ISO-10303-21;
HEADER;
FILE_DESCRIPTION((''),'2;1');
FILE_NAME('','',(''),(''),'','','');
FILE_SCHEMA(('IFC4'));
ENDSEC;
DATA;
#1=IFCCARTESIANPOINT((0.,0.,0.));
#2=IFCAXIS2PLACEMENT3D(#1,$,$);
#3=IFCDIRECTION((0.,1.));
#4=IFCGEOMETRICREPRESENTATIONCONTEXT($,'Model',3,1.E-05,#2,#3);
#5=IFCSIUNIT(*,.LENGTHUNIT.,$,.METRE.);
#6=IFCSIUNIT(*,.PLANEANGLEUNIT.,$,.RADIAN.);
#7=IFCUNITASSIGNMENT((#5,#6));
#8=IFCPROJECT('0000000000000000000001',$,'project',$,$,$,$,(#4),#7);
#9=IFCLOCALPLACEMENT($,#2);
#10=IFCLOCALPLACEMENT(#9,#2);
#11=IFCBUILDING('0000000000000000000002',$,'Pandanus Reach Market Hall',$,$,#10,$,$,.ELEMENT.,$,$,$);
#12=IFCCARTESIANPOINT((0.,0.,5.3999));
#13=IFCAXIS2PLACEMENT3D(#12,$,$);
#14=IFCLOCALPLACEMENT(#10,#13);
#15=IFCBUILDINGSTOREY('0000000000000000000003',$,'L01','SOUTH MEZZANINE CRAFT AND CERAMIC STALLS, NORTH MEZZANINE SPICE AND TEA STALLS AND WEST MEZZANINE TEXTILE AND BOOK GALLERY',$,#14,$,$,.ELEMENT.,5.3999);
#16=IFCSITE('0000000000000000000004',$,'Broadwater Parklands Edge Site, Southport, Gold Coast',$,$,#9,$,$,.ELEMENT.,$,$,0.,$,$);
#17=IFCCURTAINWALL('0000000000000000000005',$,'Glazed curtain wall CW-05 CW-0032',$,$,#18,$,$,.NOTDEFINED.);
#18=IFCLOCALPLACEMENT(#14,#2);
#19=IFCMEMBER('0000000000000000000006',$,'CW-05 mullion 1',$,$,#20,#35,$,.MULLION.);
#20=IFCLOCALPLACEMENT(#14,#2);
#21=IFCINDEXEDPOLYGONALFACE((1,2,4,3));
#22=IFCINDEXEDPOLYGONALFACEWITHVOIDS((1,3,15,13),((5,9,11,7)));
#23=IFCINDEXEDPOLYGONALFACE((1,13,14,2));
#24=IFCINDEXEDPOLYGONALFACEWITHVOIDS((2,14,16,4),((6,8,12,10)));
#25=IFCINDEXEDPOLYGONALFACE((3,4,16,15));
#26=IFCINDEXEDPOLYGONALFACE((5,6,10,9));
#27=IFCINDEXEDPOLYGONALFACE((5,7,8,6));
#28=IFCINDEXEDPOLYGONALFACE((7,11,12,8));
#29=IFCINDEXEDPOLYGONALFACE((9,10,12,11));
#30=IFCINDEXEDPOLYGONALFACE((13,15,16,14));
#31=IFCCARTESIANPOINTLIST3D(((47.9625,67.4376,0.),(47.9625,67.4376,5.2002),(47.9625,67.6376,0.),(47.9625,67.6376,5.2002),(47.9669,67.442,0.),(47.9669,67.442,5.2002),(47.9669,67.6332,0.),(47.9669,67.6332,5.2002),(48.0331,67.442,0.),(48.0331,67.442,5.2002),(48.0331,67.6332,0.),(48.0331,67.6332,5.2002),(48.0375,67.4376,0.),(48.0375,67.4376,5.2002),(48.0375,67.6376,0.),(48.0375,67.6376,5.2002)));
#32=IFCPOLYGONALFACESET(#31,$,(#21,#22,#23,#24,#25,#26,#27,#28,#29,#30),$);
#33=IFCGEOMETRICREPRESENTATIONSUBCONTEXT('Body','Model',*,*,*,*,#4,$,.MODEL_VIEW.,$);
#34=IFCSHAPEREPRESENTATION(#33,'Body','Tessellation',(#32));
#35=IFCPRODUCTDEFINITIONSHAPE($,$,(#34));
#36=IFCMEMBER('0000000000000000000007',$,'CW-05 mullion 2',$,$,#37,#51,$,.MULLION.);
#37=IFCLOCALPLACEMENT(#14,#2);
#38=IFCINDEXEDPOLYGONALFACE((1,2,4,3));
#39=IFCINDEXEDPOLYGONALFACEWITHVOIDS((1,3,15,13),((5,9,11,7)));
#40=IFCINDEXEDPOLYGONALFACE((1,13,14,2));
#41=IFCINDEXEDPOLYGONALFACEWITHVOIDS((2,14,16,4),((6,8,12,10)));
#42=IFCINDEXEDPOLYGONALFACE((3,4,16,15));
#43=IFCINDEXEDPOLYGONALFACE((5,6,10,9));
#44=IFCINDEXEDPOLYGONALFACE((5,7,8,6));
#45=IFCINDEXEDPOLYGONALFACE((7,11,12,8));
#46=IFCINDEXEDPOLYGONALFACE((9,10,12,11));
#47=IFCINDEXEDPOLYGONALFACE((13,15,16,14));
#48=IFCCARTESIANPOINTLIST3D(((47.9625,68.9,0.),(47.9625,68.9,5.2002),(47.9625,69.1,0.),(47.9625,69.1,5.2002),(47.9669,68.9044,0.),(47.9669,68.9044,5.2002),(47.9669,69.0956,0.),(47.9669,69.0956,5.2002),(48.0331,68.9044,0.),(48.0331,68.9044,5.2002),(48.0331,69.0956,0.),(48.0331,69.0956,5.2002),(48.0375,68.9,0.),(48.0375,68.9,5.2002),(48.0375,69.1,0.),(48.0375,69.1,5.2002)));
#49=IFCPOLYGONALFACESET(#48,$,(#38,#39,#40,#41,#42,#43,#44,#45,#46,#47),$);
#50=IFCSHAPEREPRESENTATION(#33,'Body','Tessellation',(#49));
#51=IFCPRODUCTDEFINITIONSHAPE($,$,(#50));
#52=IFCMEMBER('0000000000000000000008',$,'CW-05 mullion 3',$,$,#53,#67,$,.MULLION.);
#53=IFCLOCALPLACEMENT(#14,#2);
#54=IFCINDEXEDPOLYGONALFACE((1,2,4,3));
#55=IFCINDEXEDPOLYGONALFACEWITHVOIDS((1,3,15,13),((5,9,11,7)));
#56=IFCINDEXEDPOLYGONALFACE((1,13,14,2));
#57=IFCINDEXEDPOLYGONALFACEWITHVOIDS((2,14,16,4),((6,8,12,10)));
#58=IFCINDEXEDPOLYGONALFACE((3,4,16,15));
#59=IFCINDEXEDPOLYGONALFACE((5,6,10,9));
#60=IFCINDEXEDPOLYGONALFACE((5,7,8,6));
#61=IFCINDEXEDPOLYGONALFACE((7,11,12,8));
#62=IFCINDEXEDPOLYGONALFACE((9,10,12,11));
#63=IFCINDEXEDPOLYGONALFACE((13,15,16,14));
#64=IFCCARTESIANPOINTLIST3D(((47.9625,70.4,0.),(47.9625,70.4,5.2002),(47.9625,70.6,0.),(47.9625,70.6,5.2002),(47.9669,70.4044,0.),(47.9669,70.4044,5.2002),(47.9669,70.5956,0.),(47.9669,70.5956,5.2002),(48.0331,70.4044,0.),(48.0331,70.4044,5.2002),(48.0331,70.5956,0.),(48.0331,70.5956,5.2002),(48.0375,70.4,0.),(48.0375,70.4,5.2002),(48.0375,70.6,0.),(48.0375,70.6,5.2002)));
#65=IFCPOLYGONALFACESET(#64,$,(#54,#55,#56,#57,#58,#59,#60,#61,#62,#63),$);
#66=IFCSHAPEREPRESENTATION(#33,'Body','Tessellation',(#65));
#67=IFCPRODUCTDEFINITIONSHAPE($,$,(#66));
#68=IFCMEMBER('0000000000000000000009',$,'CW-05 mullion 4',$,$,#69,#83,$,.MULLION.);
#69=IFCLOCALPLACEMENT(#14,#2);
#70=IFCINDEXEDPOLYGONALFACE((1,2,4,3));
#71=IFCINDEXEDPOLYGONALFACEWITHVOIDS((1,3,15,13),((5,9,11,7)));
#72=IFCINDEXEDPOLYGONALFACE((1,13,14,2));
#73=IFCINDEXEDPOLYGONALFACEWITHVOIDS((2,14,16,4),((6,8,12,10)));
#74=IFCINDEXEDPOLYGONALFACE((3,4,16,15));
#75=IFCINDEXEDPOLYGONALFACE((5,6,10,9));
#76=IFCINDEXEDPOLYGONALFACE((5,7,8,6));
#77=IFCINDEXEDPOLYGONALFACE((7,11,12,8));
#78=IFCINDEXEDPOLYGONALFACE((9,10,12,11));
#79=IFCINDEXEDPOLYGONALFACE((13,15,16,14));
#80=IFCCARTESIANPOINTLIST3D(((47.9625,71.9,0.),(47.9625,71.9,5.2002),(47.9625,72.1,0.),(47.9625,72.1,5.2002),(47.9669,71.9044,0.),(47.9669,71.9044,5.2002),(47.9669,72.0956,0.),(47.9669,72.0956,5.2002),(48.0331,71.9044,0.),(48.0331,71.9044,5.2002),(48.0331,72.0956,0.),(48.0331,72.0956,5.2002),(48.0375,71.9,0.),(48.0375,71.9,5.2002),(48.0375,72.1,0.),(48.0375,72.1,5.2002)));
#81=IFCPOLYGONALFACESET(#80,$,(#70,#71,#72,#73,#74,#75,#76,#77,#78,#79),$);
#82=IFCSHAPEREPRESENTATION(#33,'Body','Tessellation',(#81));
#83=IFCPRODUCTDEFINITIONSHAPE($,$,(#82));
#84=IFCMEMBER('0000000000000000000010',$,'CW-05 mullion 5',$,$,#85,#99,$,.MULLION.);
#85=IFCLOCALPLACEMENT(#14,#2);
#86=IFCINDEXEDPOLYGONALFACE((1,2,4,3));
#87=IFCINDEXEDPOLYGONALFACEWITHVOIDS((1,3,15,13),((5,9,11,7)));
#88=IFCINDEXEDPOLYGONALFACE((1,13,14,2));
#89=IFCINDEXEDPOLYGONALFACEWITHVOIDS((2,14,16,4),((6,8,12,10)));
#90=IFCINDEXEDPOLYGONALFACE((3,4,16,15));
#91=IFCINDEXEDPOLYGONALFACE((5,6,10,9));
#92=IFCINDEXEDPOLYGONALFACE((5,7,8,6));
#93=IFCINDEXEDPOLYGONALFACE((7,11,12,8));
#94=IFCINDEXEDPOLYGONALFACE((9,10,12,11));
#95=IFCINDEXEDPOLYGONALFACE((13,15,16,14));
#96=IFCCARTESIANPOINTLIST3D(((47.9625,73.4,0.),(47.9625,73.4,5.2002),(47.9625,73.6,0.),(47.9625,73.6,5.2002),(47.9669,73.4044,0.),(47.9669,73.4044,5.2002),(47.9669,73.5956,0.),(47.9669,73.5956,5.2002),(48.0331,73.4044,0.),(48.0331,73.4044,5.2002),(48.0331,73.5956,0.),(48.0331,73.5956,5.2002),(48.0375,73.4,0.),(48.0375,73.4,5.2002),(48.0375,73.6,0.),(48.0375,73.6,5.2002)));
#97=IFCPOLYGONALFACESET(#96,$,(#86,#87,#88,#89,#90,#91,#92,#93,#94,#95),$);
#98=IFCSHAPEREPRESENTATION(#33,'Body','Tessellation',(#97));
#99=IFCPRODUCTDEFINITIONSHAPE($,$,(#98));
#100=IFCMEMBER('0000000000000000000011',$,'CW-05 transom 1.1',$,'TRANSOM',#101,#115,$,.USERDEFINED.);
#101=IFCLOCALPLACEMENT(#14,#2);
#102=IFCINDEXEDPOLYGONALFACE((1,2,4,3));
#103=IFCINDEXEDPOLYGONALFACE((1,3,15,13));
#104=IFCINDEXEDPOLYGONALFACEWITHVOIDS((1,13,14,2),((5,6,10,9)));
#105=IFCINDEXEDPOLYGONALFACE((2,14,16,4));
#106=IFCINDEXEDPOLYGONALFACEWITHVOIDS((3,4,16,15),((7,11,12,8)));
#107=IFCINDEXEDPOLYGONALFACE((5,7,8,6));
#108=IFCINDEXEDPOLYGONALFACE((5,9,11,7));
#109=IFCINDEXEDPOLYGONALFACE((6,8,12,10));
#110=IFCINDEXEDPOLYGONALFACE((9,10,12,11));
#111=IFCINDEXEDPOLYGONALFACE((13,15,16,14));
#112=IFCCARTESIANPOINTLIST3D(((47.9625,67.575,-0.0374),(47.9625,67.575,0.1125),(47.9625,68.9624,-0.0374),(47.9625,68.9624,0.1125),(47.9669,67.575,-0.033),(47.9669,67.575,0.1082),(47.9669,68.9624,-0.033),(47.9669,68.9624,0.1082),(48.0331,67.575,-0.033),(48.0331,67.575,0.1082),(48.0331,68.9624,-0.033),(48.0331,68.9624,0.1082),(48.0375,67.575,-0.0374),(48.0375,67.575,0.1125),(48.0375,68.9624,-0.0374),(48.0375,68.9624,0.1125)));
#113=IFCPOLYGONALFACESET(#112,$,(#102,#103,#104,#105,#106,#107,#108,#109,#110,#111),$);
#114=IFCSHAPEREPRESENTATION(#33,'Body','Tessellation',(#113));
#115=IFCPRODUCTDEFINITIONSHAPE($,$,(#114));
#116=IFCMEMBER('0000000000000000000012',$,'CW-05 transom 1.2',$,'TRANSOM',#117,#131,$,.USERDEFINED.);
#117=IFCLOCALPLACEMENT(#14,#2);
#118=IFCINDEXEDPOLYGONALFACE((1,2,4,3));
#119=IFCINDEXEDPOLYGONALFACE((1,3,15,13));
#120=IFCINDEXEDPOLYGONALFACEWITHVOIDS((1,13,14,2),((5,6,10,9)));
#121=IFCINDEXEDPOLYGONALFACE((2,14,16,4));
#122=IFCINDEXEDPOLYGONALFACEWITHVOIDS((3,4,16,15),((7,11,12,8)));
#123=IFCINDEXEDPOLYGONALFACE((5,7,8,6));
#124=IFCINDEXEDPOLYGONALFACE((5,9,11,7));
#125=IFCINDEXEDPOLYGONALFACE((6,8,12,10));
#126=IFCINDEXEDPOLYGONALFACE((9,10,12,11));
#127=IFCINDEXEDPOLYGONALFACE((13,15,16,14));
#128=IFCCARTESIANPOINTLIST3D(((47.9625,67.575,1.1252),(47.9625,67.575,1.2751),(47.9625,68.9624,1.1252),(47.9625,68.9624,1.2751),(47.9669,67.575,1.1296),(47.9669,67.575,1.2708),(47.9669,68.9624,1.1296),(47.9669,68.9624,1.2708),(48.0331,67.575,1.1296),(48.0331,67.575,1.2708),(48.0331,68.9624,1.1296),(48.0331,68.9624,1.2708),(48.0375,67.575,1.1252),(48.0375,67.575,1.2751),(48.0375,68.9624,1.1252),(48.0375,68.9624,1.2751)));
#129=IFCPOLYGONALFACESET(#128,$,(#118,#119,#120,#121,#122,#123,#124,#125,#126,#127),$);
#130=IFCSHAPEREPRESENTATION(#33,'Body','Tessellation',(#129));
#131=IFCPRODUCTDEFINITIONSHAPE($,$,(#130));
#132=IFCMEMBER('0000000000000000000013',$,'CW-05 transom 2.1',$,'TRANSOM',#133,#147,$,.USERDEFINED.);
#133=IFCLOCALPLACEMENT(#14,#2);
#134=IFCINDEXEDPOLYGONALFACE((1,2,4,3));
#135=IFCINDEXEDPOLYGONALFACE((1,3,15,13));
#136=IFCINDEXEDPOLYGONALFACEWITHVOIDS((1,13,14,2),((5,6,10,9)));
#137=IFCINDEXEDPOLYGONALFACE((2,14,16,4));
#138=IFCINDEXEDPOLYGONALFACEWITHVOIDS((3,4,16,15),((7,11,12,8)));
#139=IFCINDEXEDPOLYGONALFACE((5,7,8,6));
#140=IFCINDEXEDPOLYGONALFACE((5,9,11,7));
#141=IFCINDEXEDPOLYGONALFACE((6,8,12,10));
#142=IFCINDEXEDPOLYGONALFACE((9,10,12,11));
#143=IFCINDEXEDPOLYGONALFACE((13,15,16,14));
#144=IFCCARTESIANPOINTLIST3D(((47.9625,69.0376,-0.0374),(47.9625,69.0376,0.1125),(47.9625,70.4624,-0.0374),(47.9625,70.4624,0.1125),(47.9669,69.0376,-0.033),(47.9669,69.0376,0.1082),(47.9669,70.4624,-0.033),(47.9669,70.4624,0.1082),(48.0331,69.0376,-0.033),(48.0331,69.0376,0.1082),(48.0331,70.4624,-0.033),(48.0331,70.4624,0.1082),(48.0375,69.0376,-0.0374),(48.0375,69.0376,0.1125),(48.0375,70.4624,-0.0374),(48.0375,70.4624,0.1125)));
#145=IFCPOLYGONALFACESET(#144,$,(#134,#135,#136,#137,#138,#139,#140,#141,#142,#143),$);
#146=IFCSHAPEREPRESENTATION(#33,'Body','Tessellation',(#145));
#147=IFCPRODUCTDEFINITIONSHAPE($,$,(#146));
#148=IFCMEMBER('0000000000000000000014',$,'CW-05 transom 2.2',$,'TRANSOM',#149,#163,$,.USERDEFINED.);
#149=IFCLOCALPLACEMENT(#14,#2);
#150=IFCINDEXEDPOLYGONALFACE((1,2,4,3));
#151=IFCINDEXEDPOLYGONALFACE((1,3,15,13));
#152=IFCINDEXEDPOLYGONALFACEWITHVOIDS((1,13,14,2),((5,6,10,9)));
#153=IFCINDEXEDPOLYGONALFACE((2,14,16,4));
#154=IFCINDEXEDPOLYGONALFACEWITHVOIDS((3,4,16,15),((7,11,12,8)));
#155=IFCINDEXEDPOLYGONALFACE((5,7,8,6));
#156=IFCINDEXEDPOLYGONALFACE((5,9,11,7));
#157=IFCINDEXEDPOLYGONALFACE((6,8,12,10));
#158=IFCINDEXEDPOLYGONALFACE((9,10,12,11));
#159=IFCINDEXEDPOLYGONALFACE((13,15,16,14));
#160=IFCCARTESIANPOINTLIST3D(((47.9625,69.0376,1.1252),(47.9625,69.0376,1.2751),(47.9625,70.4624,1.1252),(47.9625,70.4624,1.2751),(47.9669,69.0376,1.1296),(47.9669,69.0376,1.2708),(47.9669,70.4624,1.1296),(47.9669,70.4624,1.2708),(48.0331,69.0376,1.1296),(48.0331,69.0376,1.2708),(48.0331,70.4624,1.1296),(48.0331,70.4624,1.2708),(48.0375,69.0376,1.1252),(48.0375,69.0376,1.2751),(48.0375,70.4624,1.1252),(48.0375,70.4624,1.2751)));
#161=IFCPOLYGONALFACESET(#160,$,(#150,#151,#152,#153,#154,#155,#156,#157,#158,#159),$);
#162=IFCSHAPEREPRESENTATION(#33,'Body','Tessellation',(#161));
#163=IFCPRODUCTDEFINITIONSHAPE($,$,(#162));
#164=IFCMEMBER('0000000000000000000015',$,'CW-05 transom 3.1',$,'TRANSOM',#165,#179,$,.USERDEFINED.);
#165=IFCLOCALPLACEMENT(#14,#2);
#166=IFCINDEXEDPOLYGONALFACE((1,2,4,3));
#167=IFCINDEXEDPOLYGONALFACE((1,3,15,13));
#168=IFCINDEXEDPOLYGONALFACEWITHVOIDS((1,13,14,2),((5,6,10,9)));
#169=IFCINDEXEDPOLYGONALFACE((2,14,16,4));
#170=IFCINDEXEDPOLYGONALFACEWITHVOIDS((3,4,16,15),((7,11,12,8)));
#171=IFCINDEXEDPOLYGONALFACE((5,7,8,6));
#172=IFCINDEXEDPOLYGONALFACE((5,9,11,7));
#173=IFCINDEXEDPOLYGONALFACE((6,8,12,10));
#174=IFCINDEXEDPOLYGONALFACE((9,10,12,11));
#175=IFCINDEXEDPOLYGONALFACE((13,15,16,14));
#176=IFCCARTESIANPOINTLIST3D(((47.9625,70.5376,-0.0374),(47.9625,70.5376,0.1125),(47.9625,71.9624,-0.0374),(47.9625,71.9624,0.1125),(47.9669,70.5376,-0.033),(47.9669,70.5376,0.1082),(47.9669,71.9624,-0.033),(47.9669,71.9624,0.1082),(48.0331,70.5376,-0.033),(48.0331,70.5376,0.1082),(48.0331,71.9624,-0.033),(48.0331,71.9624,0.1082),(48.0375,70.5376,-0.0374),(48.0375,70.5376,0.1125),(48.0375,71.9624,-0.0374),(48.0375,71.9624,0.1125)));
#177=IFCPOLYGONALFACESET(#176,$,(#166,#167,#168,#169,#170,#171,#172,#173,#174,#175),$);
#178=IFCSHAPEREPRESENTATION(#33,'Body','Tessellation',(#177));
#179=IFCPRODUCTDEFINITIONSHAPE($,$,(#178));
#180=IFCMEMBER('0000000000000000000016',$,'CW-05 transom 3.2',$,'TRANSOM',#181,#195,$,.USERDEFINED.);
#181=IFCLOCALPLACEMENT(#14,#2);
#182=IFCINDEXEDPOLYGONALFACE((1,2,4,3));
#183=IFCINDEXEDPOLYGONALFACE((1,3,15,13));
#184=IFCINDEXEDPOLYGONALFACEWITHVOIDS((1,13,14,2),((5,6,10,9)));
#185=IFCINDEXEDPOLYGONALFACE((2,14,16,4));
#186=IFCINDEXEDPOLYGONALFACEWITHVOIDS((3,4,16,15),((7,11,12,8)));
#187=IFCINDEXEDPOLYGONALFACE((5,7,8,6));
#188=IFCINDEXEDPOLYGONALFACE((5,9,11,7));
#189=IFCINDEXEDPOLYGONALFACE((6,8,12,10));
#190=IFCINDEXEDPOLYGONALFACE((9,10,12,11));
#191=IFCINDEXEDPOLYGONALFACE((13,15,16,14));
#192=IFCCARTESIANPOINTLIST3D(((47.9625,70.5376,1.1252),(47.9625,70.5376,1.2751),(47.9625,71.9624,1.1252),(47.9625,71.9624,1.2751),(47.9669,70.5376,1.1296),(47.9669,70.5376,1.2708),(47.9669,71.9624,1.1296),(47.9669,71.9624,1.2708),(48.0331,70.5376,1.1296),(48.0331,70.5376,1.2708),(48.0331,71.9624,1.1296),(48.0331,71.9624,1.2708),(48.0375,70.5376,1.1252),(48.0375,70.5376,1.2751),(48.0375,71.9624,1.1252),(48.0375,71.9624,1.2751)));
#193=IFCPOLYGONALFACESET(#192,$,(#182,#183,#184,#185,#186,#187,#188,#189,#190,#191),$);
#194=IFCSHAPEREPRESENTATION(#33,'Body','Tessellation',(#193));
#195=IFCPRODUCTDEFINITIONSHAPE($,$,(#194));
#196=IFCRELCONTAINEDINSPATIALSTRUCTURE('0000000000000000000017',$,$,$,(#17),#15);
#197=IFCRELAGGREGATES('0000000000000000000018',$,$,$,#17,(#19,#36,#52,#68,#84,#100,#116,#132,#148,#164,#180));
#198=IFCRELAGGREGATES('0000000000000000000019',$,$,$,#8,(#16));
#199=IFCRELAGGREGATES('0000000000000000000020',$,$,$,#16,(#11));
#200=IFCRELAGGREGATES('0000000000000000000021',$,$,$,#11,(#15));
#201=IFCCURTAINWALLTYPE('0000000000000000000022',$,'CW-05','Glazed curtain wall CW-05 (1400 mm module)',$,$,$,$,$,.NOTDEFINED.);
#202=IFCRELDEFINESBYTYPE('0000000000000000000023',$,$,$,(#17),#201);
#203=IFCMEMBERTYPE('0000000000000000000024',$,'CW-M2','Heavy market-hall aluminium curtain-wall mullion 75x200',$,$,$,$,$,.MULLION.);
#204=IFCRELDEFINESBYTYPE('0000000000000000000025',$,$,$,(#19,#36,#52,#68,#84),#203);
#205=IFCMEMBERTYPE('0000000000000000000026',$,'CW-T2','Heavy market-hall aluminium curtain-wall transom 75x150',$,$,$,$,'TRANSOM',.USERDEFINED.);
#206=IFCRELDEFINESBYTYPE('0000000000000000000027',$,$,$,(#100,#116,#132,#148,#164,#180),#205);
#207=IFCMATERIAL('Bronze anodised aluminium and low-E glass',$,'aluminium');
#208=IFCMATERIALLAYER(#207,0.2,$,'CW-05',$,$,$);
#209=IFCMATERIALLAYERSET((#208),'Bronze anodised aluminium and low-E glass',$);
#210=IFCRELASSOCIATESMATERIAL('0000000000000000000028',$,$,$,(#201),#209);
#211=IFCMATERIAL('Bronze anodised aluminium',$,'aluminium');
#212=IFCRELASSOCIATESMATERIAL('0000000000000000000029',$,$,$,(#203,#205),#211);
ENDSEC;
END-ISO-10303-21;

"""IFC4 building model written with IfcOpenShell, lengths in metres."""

from ifc_helpers import new_model, si_unit, direction, frame, origin, origin_2d, place, context, subcontext, project, spatial, hollow_rectangle, extrude, material, layer, layer_set, material_profile, profile_set, type_object, element, aggregate, save


model = new_model("IFC4")

# Units and contexts
model_context = context("Model", 3, precision=1e-05, world=origin(), true_north=direction((0.0, 1.0)))
body_context = subcontext(model_context, "Body", "Model", "MODEL_VIEW")
ifc_project = project(units=[si_unit("LENGTHUNIT", "METRE"), si_unit("PLANEANGLEUNIT", "RADIAN")], contexts=[model_context])

# Site, building, storey
site_placement = place(None, origin())
site = spatial("IfcSite", under=ifc_project, at=site_placement, Name="Broadwater Parklands Edge Site, Southport, Gold Coast", CompositionType="ELEMENT", RefElevation=0.0)
building_placement = place(site_placement, origin())
building = spatial("IfcBuilding", under=site, at=building_placement, Name="Pandanus Reach Market Hall", CompositionType="ELEMENT")
storey_placement = place(building_placement, frame((0.0, 0.0, 5.3999)))
storey = spatial("IfcBuildingStorey", under=building, at=storey_placement, Name="L01", Description="SOUTH MEZZANINE CRAFT AND CERAMIC STALLS, NORTH MEZZANINE SPICE AND TEA STALLS AND WEST MEZZANINE TEXTILE AND BOOK GALLERY", CompositionType="ELEMENT", Elevation=5.3999)

# Curtain wall, members
ifc_material_1 = material(Name="Bronze anodised aluminium and low-E glass", Category="aluminium")
ifc_layer_1 = layer(ifc_material_1, 0.2, Name="CW-05")
ifc_layer_set_1 = layer_set([ifc_layer_1], Name="Bronze anodised aluminium and low-E glass")
curtain_wall_type = type_object("IfcCurtainWallType", Name="CW-05", Description="Glazed curtain wall CW-05 (1400 mm module)", PredefinedType="NOTDEFINED", material=ifc_layer_set_1)
curtain_wall_placement = place(storey_placement, origin())
curtain_wall = element("IfcCurtainWall", 1, at=curtain_wall_placement, inside=storey, type_object=curtain_wall_type, Name="Glazed curtain wall CW-05 CW-0032", PredefinedType="NOTDEFINED")
ifc_material_2 = material(Name="Bronze anodised aluminium", Category="aluminium")
ifc_material_profile_1 = material_profile(ifc_material_2, hollow_rectangle(XDim=0.075, YDim=0.2, WallThickness=0.0044, at=origin_2d()), Name="ALU75x200", Category="LoadBearing")
ifc_profile_set_1 = profile_set([ifc_material_profile_1], Name="Bronze anodised aluminium")
member_type_1 = type_object("IfcMemberType", Name="CW-M2", Description="Heavy market-hall aluminium curtain-wall mullion 75x200", PredefinedType="MULLION", material=ifc_profile_set_1)
member_1_placement = place(storey_placement, frame((48.0, 67.5376, 0.0), z_axis=(0.0, 0.0, 1.0), x_axis=(-1.0, 0.0, 0.0)))
member_1 = element("IfcMember", 2, at=member_1_placement, type_object=member_type_1, Name="CW-05 mullion 1", PredefinedType="MULLION", context=body_context, shape_type="SweptSolid", body=[
    extrude(hollow_rectangle(XDim=0.075, YDim=0.2, WallThickness=0.0044, at=origin_2d()), origin(), (0.0, 0.0, 1.0), 5.2002),
])
member_2_placement = place(storey_placement, frame((48.0, 69.0, 0.0), z_axis=(0.0, 0.0, 1.0), x_axis=(-1.0, 0.0, 0.0)))
member_2 = element("IfcMember", 3, at=member_2_placement, type_object=member_type_1, Name="CW-05 mullion 2", PredefinedType="MULLION", context=body_context, shape_type="SweptSolid", body=[
    extrude(hollow_rectangle(XDim=0.075, YDim=0.2, WallThickness=0.0044, at=origin_2d()), origin(), (0.0, 0.0, 1.0), 5.2002),
])
member_3_placement = place(storey_placement, frame((48.0, 70.5, 0.0), z_axis=(0.0, 0.0, 1.0), x_axis=(-1.0, 0.0, 0.0)))
member_3 = element("IfcMember", 4, at=member_3_placement, type_object=member_type_1, Name="CW-05 mullion 3", PredefinedType="MULLION", context=body_context, shape_type="SweptSolid", body=[
    extrude(hollow_rectangle(XDim=0.075, YDim=0.2, WallThickness=0.0044, at=origin_2d()), origin(), (0.0, 0.0, 1.0), 5.2002),
])
member_4_placement = place(storey_placement, frame((48.0, 72.0, 0.0), z_axis=(0.0, 0.0, 1.0), x_axis=(-1.0, 0.0, 0.0)))
member_4 = element("IfcMember", 5, at=member_4_placement, type_object=member_type_1, Name="CW-05 mullion 4", PredefinedType="MULLION", context=body_context, shape_type="SweptSolid", body=[
    extrude(hollow_rectangle(XDim=0.075, YDim=0.2, WallThickness=0.0044, at=origin_2d()), origin(), (0.0, 0.0, 1.0), 5.2002),
])
member_5_placement = place(storey_placement, frame((48.0, 73.5, 0.0), z_axis=(0.0, 0.0, 1.0), x_axis=(-1.0, 0.0, 0.0)))
member_5 = element("IfcMember", 6, at=member_5_placement, type_object=member_type_1, Name="CW-05 mullion 5", PredefinedType="MULLION", context=body_context, shape_type="SweptSolid", body=[
    extrude(hollow_rectangle(XDim=0.075, YDim=0.2, WallThickness=0.0044, at=origin_2d()), origin(), (0.0, 0.0, 1.0), 5.2002),
])
ifc_material_profile_2 = material_profile(ifc_material_2, hollow_rectangle(XDim=0.075, YDim=0.1499, WallThickness=0.0044, at=origin_2d()), Name="ALU75x150", Category="LoadBearing")
ifc_profile_set_2 = profile_set([ifc_material_profile_2], Name="Bronze anodised aluminium")
member_type_2 = type_object("IfcMemberType", Name="CW-T2", Description="Heavy market-hall aluminium curtain-wall transom 75x150", ElementType="TRANSOM", PredefinedType="USERDEFINED", material=ifc_profile_set_2)
member_6_placement = place(storey_placement, frame((48.0, 67.575, 0.0376), z_axis=(0.0, 1.0, 0.0), x_axis=(-1.0, 0.0, 0.0)))
member_6 = element("IfcMember", 7, at=member_6_placement, type_object=member_type_2, Name="CW-05 transom 1.1", ObjectType="TRANSOM", PredefinedType="USERDEFINED", context=body_context, shape_type="SweptSolid", body=[
    extrude(hollow_rectangle(XDim=0.075, YDim=0.1499, WallThickness=0.0044, at=origin_2d()), origin(), (0.0, 0.0, 1.0), 1.3875),
])
member_7_placement = place(storey_placement, frame((48.0, 67.575, 1.2002), z_axis=(0.0, 1.0, 0.0), x_axis=(-1.0, 0.0, 0.0)))
member_7 = element("IfcMember", 8, at=member_7_placement, type_object=member_type_2, Name="CW-05 transom 1.2", ObjectType="TRANSOM", PredefinedType="USERDEFINED", context=body_context, shape_type="SweptSolid", body=[
    extrude(hollow_rectangle(XDim=0.075, YDim=0.1499, WallThickness=0.0044, at=origin_2d()), origin(), (0.0, 0.0, 1.0), 1.3875),
])
member_8_placement = place(storey_placement, frame((48.0, 69.0376, 0.0376), z_axis=(0.0, 1.0, 0.0), x_axis=(-1.0, 0.0, 0.0)))
member_8 = element("IfcMember", 9, at=member_8_placement, type_object=member_type_2, Name="CW-05 transom 2.1", ObjectType="TRANSOM", PredefinedType="USERDEFINED", context=body_context, shape_type="SweptSolid", body=[
    extrude(hollow_rectangle(XDim=0.075, YDim=0.1499, WallThickness=0.0044, at=origin_2d()), origin(), (0.0, 0.0, 1.0), 1.4248),
])
member_9_placement = place(storey_placement, frame((48.0, 69.0376, 1.2002), z_axis=(0.0, 1.0, 0.0), x_axis=(-1.0, 0.0, 0.0)))
member_9 = element("IfcMember", 10, at=member_9_placement, type_object=member_type_2, Name="CW-05 transom 2.2", ObjectType="TRANSOM", PredefinedType="USERDEFINED", context=body_context, shape_type="SweptSolid", body=[
    extrude(hollow_rectangle(XDim=0.075, YDim=0.1499, WallThickness=0.0044, at=origin_2d()), origin(), (0.0, 0.0, 1.0), 1.4248),
])
member_10_placement = place(storey_placement, frame((48.0, 70.5376, 0.0376), z_axis=(0.0, 1.0, 0.0), x_axis=(-1.0, 0.0, 0.0)))
member_10 = element("IfcMember", 11, at=member_10_placement, type_object=member_type_2, Name="CW-05 transom 3.1", ObjectType="TRANSOM", PredefinedType="USERDEFINED", context=body_context, shape_type="SweptSolid", body=[
    extrude(hollow_rectangle(XDim=0.075, YDim=0.1499, WallThickness=0.0044, at=origin_2d()), origin(), (0.0, 0.0, 1.0), 1.4248),
])
member_11_placement = place(storey_placement, frame((48.0, 70.5376, 1.2002), z_axis=(0.0, 1.0, 0.0), x_axis=(-1.0, 0.0, 0.0)))
member_11 = element("IfcMember", 12, at=member_11_placement, type_object=member_type_2, Name="CW-05 transom 3.2", ObjectType="TRANSOM", PredefinedType="USERDEFINED", context=body_context, shape_type="SweptSolid", body=[
    extrude(hollow_rectangle(XDim=0.075, YDim=0.1499, WallThickness=0.0044, at=origin_2d()), origin(), (0.0, 0.0, 1.0), 1.4248),
])
aggregate(curtain_wall, [member_1, member_2, member_3, member_4, member_5, member_6, member_7, member_8, member_9, member_10, member_11])

save(model, "model.ifc")
